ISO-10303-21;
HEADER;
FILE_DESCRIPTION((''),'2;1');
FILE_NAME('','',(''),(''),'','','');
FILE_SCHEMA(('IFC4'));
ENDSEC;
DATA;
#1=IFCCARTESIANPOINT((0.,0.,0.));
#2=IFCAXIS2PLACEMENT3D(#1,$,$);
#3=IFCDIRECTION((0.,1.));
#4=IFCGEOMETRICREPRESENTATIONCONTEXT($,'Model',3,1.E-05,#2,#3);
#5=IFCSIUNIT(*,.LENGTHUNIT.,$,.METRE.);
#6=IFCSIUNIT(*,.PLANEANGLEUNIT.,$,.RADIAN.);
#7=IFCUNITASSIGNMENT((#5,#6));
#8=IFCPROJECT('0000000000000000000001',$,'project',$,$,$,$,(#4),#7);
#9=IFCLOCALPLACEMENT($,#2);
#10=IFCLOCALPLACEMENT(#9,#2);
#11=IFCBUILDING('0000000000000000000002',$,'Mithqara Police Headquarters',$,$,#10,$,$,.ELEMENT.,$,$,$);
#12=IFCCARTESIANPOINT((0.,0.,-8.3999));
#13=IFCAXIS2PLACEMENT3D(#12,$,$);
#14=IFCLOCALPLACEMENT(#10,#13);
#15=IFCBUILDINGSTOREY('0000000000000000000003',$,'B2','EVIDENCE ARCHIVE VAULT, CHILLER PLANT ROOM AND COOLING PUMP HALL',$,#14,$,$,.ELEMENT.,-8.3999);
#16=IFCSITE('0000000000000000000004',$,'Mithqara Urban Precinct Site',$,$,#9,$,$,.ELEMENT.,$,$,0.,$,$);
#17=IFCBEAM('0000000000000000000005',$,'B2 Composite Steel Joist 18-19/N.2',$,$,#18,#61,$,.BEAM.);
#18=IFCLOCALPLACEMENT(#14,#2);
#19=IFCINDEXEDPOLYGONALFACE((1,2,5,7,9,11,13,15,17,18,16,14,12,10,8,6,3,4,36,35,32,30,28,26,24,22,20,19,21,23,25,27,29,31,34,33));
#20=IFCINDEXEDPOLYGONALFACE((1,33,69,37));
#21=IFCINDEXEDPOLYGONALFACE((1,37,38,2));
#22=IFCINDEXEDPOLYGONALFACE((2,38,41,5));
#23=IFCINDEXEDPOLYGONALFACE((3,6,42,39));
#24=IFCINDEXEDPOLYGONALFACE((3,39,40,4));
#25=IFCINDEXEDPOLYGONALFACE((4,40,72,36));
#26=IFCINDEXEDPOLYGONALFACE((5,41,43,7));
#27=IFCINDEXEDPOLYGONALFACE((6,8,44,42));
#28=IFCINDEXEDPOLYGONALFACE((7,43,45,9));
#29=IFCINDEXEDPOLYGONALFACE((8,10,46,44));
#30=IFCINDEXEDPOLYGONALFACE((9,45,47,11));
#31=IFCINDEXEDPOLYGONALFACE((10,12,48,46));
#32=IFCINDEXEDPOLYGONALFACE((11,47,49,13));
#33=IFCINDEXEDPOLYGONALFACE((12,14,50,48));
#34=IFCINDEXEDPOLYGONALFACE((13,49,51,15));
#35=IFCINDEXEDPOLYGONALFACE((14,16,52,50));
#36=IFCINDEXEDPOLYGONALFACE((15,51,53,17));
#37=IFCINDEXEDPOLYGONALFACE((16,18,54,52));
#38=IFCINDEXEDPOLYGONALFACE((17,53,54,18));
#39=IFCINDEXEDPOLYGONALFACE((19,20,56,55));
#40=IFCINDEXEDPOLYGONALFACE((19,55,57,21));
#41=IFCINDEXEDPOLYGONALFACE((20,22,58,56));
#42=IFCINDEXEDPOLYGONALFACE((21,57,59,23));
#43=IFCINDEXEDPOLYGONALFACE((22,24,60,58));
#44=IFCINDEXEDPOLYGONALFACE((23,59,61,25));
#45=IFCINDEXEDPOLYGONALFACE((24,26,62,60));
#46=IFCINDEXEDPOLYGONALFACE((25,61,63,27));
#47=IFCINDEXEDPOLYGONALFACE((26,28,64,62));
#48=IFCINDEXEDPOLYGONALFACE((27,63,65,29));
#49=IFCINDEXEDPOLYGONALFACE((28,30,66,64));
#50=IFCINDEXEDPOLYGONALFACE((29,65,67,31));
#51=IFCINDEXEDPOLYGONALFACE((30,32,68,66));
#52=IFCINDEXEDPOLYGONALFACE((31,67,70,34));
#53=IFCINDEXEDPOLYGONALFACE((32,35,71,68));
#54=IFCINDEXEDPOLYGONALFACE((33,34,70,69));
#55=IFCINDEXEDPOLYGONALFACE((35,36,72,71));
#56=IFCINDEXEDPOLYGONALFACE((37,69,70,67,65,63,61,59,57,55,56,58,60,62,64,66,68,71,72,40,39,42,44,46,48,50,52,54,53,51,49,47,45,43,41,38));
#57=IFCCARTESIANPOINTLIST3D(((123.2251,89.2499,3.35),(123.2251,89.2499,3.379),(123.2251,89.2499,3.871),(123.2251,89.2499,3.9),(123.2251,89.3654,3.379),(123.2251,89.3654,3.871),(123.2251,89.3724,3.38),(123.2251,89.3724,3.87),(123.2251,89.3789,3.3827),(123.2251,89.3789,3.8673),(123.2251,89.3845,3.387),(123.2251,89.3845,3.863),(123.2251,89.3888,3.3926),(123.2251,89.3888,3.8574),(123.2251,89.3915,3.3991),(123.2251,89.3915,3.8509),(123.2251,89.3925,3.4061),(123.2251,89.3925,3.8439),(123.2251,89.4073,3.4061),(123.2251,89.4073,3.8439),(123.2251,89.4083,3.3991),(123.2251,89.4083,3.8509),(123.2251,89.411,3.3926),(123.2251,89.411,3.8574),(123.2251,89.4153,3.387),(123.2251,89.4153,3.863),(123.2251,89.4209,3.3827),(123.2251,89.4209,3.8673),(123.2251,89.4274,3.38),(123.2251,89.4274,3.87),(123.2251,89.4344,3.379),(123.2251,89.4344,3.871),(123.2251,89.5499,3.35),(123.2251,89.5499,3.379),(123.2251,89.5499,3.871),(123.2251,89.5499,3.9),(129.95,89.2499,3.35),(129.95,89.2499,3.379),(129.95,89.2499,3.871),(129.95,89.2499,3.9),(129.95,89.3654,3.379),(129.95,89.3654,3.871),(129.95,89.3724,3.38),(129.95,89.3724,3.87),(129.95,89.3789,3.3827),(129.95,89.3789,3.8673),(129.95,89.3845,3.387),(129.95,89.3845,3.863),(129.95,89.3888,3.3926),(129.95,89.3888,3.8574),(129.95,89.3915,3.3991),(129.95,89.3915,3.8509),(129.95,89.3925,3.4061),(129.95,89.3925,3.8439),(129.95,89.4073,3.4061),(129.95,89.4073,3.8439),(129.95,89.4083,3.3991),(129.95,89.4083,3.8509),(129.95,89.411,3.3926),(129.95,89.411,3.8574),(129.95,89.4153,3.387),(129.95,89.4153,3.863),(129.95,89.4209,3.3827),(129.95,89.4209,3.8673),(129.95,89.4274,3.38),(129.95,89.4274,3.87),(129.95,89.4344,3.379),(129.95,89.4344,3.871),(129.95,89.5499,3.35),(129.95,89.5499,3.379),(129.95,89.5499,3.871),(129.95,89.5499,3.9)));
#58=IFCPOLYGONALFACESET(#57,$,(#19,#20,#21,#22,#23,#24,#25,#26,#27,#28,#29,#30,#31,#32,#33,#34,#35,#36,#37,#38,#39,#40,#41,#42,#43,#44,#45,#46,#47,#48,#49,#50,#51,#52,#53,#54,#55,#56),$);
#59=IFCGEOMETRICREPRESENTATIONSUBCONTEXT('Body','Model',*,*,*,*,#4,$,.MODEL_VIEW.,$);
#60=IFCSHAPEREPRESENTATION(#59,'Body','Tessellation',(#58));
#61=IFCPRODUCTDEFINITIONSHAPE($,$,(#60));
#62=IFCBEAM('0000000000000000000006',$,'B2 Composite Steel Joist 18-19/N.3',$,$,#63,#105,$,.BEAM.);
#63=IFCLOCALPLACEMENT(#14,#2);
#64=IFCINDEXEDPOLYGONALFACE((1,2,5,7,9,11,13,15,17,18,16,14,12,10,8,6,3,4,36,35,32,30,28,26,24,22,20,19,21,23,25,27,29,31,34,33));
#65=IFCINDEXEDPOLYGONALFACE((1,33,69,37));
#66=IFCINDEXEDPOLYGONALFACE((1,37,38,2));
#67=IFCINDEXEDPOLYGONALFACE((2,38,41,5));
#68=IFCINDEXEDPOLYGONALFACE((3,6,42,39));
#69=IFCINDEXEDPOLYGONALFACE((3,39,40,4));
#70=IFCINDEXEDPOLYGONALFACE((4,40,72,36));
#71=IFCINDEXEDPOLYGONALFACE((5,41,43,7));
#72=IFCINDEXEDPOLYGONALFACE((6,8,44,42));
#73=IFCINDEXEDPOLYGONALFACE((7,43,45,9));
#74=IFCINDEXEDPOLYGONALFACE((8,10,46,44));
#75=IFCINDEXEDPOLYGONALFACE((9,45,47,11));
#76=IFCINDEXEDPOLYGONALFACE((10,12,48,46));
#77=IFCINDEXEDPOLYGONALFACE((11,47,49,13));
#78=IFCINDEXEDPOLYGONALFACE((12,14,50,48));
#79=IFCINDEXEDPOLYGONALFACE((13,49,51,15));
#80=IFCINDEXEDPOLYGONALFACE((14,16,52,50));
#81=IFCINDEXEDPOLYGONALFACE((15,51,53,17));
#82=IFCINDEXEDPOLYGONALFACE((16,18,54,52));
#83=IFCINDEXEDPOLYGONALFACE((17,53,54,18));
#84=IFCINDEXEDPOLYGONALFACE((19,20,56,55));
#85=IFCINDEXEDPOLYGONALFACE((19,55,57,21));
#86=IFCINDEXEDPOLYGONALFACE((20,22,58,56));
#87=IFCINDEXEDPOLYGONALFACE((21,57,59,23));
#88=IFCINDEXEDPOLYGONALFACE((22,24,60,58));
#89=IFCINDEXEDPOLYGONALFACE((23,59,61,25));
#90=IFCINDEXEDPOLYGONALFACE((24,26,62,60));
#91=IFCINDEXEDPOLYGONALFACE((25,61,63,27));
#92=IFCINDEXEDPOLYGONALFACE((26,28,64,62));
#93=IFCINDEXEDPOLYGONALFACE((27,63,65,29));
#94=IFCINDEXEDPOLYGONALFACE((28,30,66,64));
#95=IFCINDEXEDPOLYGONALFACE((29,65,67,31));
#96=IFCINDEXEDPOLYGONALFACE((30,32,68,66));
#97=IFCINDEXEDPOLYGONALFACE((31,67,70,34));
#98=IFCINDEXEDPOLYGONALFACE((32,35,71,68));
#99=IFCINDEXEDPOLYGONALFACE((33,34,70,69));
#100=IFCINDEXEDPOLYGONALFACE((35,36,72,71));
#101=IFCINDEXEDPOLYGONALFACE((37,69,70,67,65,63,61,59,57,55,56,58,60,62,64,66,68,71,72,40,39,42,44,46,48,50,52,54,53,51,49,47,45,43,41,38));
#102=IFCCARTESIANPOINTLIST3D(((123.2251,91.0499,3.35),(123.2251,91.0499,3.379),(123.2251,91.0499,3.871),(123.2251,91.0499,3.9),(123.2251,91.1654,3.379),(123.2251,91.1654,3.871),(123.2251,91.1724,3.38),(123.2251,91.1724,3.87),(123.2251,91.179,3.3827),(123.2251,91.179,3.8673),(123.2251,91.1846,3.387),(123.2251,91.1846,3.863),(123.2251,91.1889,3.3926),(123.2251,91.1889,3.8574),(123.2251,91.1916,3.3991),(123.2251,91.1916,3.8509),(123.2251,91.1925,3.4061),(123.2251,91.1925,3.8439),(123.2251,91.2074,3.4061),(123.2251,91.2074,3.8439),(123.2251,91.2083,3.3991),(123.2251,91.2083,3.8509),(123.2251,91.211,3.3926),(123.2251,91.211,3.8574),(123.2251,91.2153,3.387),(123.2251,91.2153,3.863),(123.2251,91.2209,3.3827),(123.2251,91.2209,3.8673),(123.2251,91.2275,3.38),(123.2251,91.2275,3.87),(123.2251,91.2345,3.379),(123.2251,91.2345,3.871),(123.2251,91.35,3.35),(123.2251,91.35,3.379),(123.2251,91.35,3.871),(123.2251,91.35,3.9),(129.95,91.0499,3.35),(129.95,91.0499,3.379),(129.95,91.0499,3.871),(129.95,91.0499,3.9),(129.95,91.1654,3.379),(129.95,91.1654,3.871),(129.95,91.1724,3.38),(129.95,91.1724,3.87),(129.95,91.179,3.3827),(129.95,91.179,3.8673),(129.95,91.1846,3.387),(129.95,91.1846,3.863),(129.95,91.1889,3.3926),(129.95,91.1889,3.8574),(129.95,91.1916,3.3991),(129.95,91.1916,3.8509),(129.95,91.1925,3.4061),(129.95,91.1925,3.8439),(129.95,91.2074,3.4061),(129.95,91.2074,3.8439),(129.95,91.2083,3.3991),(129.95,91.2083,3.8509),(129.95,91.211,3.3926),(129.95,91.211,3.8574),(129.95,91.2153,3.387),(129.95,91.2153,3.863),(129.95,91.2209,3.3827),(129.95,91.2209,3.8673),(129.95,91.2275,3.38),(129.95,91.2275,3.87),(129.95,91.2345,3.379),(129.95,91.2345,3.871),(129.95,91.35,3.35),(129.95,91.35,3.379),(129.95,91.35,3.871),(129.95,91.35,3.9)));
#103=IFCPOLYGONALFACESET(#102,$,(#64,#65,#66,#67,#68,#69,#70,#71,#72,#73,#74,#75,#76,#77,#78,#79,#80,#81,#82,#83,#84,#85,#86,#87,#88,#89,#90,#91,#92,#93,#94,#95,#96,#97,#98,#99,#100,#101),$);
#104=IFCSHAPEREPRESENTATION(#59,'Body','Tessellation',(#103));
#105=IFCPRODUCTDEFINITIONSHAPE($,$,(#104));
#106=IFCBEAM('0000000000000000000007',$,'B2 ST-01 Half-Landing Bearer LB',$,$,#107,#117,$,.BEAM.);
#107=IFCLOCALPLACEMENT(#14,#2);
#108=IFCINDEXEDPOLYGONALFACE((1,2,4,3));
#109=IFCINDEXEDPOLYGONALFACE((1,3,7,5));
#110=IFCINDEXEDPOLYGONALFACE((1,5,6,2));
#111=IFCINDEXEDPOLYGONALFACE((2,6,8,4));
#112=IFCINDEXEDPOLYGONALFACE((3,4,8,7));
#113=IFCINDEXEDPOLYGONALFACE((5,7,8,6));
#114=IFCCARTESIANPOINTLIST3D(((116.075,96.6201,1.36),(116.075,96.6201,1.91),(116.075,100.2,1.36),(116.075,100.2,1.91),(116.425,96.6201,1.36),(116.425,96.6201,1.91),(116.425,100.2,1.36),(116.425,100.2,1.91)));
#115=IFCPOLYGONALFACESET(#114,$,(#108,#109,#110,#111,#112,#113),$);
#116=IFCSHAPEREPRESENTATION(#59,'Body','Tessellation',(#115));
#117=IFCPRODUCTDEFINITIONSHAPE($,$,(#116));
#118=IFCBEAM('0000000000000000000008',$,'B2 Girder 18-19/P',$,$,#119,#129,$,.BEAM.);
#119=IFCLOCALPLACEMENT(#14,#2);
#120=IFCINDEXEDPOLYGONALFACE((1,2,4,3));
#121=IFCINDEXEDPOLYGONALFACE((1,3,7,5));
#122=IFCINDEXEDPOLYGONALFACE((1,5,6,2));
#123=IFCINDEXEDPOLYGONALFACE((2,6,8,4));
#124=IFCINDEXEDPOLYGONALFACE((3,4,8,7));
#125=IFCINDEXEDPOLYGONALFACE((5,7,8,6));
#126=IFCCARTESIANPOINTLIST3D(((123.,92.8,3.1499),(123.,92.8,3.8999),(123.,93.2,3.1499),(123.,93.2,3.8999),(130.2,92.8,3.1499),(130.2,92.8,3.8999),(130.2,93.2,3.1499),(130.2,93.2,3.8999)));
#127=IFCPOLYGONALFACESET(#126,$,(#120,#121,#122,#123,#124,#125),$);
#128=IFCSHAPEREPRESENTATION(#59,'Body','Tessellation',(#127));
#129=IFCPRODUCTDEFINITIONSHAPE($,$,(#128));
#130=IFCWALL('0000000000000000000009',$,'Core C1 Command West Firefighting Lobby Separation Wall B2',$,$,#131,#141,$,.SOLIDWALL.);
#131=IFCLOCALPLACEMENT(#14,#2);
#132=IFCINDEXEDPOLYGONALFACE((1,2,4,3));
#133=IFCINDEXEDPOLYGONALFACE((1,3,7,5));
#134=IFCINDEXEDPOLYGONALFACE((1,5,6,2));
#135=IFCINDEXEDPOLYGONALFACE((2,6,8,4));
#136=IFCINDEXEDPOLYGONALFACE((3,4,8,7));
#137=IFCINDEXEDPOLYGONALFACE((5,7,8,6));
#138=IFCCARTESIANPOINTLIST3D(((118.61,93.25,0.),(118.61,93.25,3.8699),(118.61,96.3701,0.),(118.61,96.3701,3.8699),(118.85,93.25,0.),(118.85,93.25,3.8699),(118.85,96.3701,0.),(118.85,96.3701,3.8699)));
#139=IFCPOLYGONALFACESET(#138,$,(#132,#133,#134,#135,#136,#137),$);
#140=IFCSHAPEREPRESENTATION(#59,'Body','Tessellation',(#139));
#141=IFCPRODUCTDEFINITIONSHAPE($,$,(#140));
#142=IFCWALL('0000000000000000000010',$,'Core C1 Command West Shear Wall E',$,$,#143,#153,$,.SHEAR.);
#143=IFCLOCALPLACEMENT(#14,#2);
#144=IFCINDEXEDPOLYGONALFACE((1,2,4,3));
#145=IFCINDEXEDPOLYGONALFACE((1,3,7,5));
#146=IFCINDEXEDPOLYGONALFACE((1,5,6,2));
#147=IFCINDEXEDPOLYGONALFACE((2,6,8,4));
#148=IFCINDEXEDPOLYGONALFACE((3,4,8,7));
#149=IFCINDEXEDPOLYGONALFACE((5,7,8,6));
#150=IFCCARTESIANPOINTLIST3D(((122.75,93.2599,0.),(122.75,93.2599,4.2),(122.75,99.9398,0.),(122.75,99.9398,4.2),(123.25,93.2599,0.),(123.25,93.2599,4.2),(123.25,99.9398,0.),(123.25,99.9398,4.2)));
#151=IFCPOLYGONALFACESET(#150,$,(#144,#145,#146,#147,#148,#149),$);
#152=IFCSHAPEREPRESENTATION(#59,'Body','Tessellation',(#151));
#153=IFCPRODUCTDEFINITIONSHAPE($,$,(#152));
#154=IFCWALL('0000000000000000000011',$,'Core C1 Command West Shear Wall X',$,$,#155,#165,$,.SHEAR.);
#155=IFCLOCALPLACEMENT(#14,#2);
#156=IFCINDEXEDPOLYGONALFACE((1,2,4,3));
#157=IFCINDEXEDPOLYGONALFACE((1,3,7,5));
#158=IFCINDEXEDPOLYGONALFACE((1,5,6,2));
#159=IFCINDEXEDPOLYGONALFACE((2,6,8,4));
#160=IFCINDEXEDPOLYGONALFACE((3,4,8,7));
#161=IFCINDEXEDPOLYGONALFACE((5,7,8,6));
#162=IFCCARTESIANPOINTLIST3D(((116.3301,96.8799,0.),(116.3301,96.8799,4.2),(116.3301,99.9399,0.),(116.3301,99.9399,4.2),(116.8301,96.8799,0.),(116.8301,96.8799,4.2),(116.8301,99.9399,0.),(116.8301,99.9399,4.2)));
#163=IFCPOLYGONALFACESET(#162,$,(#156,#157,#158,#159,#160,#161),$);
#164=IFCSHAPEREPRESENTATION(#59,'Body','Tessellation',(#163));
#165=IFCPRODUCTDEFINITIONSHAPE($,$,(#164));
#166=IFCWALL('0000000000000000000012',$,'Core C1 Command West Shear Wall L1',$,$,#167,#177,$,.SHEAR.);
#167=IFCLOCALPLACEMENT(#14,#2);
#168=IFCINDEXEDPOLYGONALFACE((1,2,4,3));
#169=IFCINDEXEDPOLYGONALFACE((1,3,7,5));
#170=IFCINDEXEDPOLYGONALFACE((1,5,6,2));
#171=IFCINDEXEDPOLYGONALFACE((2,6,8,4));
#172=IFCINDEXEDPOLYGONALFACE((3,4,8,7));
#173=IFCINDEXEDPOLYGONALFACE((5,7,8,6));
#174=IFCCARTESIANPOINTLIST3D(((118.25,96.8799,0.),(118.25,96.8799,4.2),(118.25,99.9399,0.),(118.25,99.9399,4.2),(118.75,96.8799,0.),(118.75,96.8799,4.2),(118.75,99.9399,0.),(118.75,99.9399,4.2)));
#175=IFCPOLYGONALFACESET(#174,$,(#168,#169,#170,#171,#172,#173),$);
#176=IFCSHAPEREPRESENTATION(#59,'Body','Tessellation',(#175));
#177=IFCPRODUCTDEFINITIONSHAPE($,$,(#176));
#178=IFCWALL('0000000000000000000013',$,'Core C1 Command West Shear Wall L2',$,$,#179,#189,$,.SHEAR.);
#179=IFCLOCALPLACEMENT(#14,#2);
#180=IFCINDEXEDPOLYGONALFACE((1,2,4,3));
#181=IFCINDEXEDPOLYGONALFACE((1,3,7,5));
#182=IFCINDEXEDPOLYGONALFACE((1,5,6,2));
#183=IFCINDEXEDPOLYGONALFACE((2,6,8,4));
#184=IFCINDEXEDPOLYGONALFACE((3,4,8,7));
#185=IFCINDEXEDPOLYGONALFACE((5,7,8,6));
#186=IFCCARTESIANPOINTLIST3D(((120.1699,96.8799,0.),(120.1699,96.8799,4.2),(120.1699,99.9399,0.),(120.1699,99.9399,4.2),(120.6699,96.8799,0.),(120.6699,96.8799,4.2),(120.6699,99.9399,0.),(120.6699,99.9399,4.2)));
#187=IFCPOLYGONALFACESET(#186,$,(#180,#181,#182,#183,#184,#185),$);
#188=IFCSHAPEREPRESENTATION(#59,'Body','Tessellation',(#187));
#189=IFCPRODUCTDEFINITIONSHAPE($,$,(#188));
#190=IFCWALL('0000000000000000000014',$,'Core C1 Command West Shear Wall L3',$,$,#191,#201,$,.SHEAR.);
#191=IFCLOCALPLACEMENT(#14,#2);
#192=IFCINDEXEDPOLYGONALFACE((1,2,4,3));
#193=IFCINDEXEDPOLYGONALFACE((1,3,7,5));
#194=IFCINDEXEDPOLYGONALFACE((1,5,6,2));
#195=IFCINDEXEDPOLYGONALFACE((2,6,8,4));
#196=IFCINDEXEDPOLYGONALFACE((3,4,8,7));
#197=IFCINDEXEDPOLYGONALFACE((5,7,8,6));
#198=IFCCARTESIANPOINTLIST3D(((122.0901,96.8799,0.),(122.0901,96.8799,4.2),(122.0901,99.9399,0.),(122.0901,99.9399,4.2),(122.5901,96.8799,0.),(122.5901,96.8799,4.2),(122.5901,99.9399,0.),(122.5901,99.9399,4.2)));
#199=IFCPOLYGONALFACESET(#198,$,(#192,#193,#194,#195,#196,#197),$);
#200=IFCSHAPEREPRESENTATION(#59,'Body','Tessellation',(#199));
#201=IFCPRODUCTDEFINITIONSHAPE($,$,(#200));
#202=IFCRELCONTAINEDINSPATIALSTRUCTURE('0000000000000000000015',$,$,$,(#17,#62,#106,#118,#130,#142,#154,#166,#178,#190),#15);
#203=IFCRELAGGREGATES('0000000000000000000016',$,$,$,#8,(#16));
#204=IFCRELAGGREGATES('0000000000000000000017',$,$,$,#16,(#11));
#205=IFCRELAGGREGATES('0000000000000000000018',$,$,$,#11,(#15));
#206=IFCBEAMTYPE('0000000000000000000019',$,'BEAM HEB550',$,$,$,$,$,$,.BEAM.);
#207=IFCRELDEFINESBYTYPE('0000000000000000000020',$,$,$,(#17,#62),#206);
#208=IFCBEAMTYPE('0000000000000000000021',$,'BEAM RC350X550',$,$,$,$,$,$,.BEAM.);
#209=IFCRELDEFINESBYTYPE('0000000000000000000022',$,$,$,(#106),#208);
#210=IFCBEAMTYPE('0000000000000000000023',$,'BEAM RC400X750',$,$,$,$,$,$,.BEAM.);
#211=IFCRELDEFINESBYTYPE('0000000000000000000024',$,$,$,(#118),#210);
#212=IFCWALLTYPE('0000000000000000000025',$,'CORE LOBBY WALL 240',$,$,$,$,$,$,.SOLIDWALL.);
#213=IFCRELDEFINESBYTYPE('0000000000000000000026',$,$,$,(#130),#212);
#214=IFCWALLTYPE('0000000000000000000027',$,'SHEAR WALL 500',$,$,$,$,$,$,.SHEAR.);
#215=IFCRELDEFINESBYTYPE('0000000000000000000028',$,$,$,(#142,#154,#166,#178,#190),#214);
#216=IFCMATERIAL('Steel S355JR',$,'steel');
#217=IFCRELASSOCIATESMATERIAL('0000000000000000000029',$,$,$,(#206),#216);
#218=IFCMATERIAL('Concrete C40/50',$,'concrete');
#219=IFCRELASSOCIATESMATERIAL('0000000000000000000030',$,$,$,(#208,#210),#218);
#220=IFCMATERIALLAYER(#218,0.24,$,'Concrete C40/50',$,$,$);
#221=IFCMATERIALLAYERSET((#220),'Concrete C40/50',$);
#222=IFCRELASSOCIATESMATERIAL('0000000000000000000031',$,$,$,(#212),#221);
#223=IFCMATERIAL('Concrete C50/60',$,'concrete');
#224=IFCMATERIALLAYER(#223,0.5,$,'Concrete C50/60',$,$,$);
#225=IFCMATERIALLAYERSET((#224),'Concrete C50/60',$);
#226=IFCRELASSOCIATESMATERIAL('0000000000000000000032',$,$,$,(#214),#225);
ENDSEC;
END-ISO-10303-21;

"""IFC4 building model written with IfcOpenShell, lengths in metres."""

from ifc_helpers import new_model, si_unit, direction, frame, frame_2d, origin, origin_2d, place, context, subcontext, project, spatial, rectangle, i_section, extrude, material, layer, layer_set, material_profile, profile_set, type_object, element, save


model = new_model("IFC4")

# Units and contexts
model_context = context("Model", 3, precision=1e-05, world=origin(), true_north=direction((0.0, 1.0)))
body_context = subcontext(model_context, "Body", "Model", "MODEL_VIEW")
ifc_project = project(units=[si_unit("LENGTHUNIT", "METRE"), si_unit("PLANEANGLEUNIT", "RADIAN")], contexts=[model_context])

# Site, building, storey
site_placement = place(None, origin())
site = spatial("IfcSite", under=ifc_project, at=site_placement, Name="Mithqara Urban Precinct Site", CompositionType="ELEMENT", RefElevation=0.0)
building_placement = place(site_placement, origin())
building = spatial("IfcBuilding", under=site, at=building_placement, Name="Mithqara Police Headquarters", CompositionType="ELEMENT")
storey_placement = place(building_placement, frame((0.0, 0.0, -8.3999)))
storey = spatial("IfcBuildingStorey", under=building, at=storey_placement, Name="B2", Description="EVIDENCE ARCHIVE VAULT, CHILLER PLANT ROOM AND COOLING PUMP HALL", CompositionType="ELEMENT", Elevation=-8.3999)

# Shared definitions
ifc_material_1 = material(Name="Concrete C40/50", Category="concrete")

# Beams
ifc_material_2 = material(Name="Steel S355JR", Category="steel")
ifc_material_profile_1 = material_profile(ifc_material_2, i_section(OverallWidth=0.3, OverallDepth=0.55, WebThickness=0.0149, FlangeThickness=0.0291, FilletRadius=0.0271, at=origin_2d()), Name="HEB 550")
ifc_profile_set_1 = profile_set([ifc_material_profile_1], Name="Steel S355JR")
beam_type_1 = type_object("IfcBeamType", Name="BEAM HEB550", PredefinedType="BEAM", material=ifc_profile_set_1)
for number, where, z_axis, x_axis, name in (
    (1, (123.2251, 89.3999, 3.625), (1.0, 0.0, 0.0), (0.0, 1.0, 0.0), "B2 Composite Steel Joist 18-19/N.2"),
    (2, (123.2251, 91.2, 3.625), (1.0, 0.0, 0.0), (0.0, 1.0, 0.0), "B2 Composite Steel Joist 18-19/N.3"),
):
    element("IfcBeam", number, at=place(storey_placement, frame(where, z_axis=z_axis, x_axis=x_axis)), inside=storey, type_object=beam_type_1, Name=name, PredefinedType="BEAM", context=body_context, shape_type="SweptSolid", body=[
        extrude(i_section(OverallWidth=0.3, OverallDepth=0.55, WebThickness=0.0149, FlangeThickness=0.0291, FilletRadius=0.0271, at=origin_2d()), origin(), (0.0, 0.0, 1.0), 6.7249),
    ])
ifc_material_profile_2 = material_profile(ifc_material_1, rectangle(XDim=0.3501, YDim=0.55, at=origin_2d()), Name="RC 350x550")
ifc_profile_set_2 = profile_set([ifc_material_profile_2], Name="Concrete C40/50")
beam_type_2 = type_object("IfcBeamType", Name="BEAM RC350X550", PredefinedType="BEAM", material=ifc_profile_set_2)
beam_1_placement = place(storey_placement, frame((116.25, 96.6201, 1.635), z_axis=(0.0, 1.0, 0.0), x_axis=(-1.0, 0.0, 0.0)))
element("IfcBeam", 3, at=beam_1_placement, inside=storey, type_object=beam_type_2, Name="B2 ST-01 Half-Landing Bearer LB", PredefinedType="BEAM", context=body_context, shape_type="SweptSolid", body=[
    extrude(rectangle(XDim=0.3501, YDim=0.55, at=origin_2d()), origin(), (0.0, 0.0, 1.0), 3.5798),
])
ifc_material_profile_3 = material_profile(ifc_material_1, rectangle(XDim=0.3999, YDim=0.75, at=origin_2d()), Name="RC 400x750")
ifc_profile_set_3 = profile_set([ifc_material_profile_3], Name="Concrete C40/50")
beam_type_3 = type_object("IfcBeamType", Name="BEAM RC400X750", PredefinedType="BEAM", material=ifc_profile_set_3)
beam_2_placement = place(storey_placement, frame((123.0, 93.0, 3.5249), z_axis=(1.0, 0.0, 0.0), x_axis=(0.0, 1.0, 0.0)))
element("IfcBeam", 4, at=beam_2_placement, inside=storey, type_object=beam_type_3, Name="B2 Girder 18-19/P", PredefinedType="BEAM", context=body_context, shape_type="SweptSolid", body=[
    extrude(rectangle(XDim=0.3999, YDim=0.75, at=origin_2d()), origin(), (0.0, 0.0, 1.0), 7.2),
])

# Walls
ifc_layer_1 = layer(ifc_material_1, 0.24, Name="Concrete C40/50")
ifc_layer_set_1 = layer_set([ifc_layer_1], Name="Concrete C40/50")
wall_type_1 = type_object("IfcWallType", Name="CORE LOBBY WALL 240", PredefinedType="SOLIDWALL", material=ifc_layer_set_1)
wall_1_placement = place(storey_placement, frame((118.73, 93.25, 0.0), z_axis=(0.0, 0.0, 1.0), x_axis=(0.0, 1.0, 0.0)))
element("IfcWall", 5, at=wall_1_placement, inside=storey, type_object=wall_type_1, Name="Core C1 Command West Firefighting Lobby Separation Wall B2", PredefinedType="SOLIDWALL", context=body_context, shape_type="SweptSolid", body=[
    extrude(rectangle(XDim=3.1201, YDim=0.24, at=frame_2d((1.5601, 0.0))), origin(), (0.0, 0.0, 1.0), 3.8699),
])
ifc_material_3 = material(Name="Concrete C50/60", Category="concrete")
ifc_layer_2 = layer(ifc_material_3, 0.5, Name="Concrete C50/60")
ifc_layer_set_2 = layer_set([ifc_layer_2], Name="Concrete C50/60")
wall_type_2 = type_object("IfcWallType", Name="SHEAR WALL 500", PredefinedType="SHEAR", material=ifc_layer_set_2)
wall_2_placement = place(storey_placement, frame((123.0, 93.26, 0.0), z_axis=(0.0, 0.0, 1.0), x_axis=(0.0, 1.0, 0.0)))
element("IfcWall", 6, at=wall_2_placement, inside=storey, type_object=wall_type_2, Name="Core C1 Command West Shear Wall E", PredefinedType="SHEAR", context=body_context, shape_type="SweptSolid", body=[
    extrude(rectangle(XDim=6.6799, YDim=0.5, at=frame_2d((3.3398, 0.0))), origin(), (0.0, 0.0, 1.0), 4.2),
])
for number, where, z_axis, x_axis, name in (
    (7, (116.5801, 96.8799, 0.0), (0.0, 0.0, 1.0), (0.0, 1.0, 0.0), "Core C1 Command West Shear Wall X"),
    (8, (118.5, 96.8799, 0.0), (0.0, 0.0, 1.0), (0.0, 1.0, 0.0), "Core C1 Command West Shear Wall L1"),
    (9, (120.4199, 96.8799, 0.0), (0.0, 0.0, 1.0), (0.0, 1.0, 0.0), "Core C1 Command West Shear Wall L2"),
    (10, (122.3401, 96.8799, 0.0), (0.0, 0.0, 1.0), (0.0, 1.0, 0.0), "Core C1 Command West Shear Wall L3"),
):
    element("IfcWall", number, at=place(storey_placement, frame(where, z_axis=z_axis, x_axis=x_axis)), inside=storey, type_object=wall_type_2, Name=name, PredefinedType="SHEAR", context=body_context, shape_type="SweptSolid", body=[
        extrude(rectangle(XDim=3.0601, YDim=0.5, at=frame_2d((1.53, 0.0))), origin(), (0.0, 0.0, 1.0), 4.2),
    ])

save(model, "model.ifc")
